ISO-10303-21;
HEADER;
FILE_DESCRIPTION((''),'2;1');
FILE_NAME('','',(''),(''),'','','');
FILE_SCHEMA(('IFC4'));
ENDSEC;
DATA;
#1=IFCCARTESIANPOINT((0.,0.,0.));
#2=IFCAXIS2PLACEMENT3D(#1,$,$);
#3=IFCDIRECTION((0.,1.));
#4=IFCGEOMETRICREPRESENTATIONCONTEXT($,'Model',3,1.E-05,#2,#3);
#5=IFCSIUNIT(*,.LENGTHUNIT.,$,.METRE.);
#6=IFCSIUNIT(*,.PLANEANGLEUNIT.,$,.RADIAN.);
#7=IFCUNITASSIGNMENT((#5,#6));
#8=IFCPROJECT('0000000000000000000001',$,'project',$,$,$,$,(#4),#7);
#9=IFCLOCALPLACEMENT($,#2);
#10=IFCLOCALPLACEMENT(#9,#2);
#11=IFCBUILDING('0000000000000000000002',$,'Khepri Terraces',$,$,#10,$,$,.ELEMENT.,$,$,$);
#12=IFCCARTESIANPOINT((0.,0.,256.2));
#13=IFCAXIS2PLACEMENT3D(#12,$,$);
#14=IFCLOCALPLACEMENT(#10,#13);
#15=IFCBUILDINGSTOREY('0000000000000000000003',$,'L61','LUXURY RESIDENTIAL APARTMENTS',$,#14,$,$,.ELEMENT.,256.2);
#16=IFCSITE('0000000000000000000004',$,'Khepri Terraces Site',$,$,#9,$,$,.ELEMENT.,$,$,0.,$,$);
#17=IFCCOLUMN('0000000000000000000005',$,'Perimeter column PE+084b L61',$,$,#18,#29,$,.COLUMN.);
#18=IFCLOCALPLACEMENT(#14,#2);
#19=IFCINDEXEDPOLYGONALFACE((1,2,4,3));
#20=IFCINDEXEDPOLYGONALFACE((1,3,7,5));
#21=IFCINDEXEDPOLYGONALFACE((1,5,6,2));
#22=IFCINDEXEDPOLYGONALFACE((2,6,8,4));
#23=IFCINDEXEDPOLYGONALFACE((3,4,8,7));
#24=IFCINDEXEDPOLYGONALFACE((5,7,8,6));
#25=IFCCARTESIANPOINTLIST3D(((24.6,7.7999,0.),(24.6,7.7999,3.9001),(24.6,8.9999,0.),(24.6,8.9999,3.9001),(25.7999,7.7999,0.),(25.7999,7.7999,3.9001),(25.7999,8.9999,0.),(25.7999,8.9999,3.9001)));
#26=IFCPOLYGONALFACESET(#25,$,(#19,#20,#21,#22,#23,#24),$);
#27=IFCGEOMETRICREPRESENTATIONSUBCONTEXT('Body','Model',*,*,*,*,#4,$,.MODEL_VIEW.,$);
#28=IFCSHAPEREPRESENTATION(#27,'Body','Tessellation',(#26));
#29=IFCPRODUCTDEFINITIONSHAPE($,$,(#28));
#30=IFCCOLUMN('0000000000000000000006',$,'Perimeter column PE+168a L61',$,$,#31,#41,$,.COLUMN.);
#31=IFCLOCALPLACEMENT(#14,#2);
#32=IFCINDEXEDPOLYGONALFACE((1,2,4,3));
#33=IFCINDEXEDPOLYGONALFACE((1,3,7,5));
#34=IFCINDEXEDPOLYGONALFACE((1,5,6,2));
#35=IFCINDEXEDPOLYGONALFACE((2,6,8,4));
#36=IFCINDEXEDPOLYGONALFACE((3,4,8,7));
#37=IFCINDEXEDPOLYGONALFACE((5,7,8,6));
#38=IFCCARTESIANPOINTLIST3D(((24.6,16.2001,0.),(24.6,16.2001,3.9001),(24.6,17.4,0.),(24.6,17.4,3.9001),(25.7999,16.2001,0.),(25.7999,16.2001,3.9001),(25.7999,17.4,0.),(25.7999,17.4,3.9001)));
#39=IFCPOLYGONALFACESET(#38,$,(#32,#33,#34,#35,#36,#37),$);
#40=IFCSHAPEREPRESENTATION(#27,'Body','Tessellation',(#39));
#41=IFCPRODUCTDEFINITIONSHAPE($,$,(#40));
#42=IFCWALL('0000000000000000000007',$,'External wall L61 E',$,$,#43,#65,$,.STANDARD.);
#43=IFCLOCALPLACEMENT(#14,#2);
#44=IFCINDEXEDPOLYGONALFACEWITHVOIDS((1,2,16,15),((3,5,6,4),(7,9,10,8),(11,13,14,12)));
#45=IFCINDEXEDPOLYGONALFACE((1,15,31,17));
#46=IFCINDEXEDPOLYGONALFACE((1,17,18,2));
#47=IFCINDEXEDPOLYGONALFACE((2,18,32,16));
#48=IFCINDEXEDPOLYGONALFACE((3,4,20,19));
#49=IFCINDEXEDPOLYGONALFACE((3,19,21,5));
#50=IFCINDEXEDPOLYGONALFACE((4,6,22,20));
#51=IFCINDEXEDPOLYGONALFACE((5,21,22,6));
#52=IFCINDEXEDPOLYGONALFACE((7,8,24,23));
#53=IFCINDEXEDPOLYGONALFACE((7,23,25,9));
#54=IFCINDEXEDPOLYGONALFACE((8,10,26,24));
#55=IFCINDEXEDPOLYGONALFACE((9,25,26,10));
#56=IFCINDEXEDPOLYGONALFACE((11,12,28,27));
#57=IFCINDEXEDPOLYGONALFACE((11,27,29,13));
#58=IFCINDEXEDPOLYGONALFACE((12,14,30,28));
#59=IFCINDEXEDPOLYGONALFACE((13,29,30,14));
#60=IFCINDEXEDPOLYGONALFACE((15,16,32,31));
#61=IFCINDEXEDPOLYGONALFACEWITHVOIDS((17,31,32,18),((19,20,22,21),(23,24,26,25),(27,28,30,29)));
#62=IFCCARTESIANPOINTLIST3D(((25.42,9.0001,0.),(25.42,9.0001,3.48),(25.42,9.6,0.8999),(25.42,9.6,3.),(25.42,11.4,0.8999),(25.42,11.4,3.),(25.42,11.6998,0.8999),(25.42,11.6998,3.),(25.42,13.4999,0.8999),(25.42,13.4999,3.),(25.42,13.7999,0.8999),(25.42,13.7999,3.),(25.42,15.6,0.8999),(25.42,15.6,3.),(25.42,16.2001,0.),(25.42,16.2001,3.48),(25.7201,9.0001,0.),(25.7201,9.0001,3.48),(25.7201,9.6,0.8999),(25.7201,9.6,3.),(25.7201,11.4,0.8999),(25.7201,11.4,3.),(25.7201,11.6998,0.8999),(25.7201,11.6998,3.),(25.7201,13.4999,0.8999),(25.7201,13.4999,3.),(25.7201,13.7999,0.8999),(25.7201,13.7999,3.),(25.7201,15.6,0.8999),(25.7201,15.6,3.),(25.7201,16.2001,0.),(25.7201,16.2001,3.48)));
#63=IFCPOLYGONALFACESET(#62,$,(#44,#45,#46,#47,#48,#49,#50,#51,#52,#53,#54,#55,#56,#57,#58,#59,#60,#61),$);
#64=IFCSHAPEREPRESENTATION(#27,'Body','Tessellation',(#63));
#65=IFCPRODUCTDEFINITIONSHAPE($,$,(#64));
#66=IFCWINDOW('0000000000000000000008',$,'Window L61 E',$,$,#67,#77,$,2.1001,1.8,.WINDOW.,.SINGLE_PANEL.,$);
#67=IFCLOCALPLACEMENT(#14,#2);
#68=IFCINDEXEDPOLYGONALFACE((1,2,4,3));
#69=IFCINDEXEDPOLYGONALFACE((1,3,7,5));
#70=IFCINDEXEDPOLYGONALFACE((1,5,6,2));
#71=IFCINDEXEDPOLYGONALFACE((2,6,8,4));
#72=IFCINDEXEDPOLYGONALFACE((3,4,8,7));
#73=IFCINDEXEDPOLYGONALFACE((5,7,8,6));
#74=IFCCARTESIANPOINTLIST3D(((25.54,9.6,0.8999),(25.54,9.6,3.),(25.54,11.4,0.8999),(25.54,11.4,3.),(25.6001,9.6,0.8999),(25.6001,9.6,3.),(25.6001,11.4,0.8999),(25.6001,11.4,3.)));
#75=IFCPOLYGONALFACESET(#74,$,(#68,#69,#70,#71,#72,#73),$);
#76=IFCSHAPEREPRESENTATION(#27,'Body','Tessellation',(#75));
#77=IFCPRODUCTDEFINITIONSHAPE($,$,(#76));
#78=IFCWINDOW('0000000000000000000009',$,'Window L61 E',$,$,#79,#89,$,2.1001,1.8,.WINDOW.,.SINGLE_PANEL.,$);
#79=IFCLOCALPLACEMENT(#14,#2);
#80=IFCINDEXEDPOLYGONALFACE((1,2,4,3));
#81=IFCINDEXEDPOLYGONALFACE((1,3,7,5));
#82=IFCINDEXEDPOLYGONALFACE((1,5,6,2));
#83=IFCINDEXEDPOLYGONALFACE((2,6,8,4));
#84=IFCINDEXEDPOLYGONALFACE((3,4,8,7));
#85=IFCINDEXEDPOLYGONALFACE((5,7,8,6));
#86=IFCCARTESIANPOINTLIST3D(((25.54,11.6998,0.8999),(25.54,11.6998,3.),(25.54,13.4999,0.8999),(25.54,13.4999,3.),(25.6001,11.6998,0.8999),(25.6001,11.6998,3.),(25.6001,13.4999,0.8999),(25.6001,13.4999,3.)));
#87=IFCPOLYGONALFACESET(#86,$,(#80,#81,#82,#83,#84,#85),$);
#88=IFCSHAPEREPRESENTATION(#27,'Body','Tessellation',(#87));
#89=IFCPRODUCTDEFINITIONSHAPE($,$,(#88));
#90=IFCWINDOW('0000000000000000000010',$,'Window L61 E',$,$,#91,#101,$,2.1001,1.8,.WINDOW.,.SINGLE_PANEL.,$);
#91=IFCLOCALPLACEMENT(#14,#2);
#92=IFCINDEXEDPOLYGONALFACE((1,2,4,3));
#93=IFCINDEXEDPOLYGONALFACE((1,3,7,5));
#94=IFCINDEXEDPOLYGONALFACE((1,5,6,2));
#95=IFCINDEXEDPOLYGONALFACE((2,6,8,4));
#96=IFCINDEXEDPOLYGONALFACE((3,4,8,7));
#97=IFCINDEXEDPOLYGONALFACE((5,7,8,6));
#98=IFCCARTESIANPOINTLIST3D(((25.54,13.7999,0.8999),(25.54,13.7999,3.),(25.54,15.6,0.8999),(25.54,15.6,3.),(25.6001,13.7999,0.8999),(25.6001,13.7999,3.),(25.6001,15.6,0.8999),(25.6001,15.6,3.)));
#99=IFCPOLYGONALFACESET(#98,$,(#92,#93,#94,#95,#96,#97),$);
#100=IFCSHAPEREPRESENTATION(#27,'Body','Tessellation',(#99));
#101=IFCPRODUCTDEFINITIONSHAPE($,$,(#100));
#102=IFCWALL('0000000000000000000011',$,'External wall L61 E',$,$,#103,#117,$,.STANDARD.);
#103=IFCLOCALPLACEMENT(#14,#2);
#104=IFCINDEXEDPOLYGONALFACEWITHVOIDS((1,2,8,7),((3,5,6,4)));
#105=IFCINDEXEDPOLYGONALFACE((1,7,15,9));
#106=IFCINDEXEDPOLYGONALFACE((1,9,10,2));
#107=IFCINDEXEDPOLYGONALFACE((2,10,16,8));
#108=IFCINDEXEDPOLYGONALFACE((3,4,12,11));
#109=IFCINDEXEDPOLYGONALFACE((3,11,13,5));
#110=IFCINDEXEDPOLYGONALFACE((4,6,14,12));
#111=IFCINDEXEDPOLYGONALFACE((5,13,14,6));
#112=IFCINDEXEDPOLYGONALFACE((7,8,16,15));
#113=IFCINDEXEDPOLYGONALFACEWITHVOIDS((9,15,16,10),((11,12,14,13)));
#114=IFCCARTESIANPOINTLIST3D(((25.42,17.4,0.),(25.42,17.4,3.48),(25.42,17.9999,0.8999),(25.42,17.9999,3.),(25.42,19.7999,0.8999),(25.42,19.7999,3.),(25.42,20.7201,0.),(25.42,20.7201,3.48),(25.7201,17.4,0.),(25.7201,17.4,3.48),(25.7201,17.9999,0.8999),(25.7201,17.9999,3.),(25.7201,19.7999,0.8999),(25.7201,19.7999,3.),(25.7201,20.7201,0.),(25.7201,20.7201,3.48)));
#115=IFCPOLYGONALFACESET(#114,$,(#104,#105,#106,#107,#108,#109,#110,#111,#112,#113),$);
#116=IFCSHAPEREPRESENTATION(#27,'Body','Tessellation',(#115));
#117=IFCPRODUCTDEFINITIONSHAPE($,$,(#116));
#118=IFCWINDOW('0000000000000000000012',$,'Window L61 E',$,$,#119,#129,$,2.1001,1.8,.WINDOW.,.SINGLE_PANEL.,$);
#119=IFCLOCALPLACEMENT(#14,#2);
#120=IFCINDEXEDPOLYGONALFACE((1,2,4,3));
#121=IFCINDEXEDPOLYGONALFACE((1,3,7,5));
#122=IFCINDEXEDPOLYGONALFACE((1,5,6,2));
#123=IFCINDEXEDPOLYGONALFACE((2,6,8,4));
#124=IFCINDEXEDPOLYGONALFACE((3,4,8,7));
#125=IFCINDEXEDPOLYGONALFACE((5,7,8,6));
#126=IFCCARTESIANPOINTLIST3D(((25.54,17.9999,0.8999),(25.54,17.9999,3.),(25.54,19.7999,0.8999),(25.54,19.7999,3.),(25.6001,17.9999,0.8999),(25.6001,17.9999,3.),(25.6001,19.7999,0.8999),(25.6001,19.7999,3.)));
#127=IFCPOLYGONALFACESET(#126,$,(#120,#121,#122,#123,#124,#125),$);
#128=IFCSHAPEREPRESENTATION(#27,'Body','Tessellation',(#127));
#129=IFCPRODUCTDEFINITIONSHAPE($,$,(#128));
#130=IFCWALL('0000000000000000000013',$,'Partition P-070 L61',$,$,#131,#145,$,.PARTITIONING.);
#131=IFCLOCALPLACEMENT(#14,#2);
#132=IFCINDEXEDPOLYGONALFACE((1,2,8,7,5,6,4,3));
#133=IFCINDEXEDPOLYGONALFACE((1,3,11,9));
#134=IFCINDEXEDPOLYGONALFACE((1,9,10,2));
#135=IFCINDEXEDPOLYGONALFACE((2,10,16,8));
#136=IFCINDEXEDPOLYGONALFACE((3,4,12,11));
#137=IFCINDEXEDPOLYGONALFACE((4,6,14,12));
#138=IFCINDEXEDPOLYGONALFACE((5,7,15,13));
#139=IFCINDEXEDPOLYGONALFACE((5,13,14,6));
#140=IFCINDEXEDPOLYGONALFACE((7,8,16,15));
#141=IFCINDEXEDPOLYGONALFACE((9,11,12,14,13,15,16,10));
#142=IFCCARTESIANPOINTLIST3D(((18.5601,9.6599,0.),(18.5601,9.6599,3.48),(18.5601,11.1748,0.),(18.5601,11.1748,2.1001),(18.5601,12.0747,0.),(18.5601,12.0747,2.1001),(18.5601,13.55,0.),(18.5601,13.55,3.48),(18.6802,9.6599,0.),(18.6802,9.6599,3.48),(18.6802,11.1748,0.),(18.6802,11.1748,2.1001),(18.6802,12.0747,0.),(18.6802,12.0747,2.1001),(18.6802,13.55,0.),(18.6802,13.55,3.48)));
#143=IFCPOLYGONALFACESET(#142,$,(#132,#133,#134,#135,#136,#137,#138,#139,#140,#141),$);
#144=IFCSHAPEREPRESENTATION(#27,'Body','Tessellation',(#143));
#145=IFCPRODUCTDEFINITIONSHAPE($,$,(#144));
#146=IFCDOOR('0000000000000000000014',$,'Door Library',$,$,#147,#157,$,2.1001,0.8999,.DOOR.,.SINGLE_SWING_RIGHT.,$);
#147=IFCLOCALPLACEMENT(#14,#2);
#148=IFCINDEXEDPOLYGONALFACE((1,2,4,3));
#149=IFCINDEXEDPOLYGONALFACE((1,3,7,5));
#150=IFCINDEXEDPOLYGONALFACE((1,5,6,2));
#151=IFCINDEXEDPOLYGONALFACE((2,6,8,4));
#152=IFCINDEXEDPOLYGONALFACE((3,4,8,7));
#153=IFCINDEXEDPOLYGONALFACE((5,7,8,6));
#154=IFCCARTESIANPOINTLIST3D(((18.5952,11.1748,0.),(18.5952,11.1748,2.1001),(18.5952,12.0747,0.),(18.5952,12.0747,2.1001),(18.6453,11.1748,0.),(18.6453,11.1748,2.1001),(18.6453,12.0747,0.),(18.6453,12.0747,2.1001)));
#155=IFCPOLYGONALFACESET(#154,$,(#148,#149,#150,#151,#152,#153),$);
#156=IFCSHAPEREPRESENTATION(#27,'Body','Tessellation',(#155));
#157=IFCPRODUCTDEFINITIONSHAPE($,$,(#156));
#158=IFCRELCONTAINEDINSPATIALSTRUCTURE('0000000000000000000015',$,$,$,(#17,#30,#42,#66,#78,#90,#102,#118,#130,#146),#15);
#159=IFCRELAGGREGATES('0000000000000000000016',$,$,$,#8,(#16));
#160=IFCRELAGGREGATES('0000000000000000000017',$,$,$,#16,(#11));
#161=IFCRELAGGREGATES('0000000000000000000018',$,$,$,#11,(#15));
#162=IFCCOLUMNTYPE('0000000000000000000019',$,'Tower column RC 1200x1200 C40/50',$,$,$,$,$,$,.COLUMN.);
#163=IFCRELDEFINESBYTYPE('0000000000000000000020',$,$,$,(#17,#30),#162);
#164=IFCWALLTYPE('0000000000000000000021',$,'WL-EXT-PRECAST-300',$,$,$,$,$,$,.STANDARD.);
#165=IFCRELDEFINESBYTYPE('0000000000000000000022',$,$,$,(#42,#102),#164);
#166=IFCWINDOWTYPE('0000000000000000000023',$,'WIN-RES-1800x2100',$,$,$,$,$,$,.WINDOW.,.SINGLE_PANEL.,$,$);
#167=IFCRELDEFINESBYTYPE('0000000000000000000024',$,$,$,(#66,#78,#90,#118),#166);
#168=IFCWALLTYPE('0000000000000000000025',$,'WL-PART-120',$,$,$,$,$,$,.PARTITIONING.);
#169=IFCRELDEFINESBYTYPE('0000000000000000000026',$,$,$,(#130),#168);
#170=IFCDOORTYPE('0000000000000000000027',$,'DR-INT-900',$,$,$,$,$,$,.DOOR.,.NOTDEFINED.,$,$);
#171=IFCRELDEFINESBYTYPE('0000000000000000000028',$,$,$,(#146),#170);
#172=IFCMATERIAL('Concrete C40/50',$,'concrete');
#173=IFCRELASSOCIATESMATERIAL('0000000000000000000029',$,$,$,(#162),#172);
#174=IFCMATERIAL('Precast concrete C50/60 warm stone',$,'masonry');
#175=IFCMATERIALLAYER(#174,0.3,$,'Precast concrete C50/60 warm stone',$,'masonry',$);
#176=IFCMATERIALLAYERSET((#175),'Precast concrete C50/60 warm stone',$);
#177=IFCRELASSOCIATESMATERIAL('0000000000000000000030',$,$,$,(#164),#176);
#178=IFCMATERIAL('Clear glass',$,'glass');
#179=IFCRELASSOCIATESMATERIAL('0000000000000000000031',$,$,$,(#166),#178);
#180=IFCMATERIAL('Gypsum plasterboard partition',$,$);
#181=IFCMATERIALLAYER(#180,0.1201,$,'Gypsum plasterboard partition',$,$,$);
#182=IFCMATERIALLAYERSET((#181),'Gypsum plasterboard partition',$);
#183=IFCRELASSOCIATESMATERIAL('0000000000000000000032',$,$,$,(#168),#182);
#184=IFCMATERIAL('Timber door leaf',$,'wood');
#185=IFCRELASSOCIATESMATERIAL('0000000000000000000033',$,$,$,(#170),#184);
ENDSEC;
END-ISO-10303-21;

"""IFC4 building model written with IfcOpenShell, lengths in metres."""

from ifc_helpers import new_model, si_unit, direction, frame, frame_2d, origin, origin_2d, place, context, subcontext, project, spatial, rectangle, extrude, material, layer, layer_set, material_profile, profile_set, type_object, element, fill, save


model = new_model("IFC4")

# Units and contexts
model_context = context("Model", 3, precision=1e-05, world=origin(), true_north=direction((0.0, 1.0)))
body_context = subcontext(model_context, "Body", "Model", "MODEL_VIEW")
ifc_project = project(units=[si_unit("LENGTHUNIT", "METRE"), si_unit("PLANEANGLEUNIT", "RADIAN")], contexts=[model_context])

# Site, building, storey
site_placement = place(None, origin())
site = spatial("IfcSite", under=ifc_project, at=site_placement, Name="Khepri Terraces Site", CompositionType="ELEMENT", RefElevation=0.0)
building_placement = place(site_placement, origin())
building = spatial("IfcBuilding", under=site, at=building_placement, Name="Khepri Terraces", CompositionType="ELEMENT")
storey_placement = place(building_placement, frame((0.0, 0.0, 256.2)))
storey = spatial("IfcBuildingStorey", under=building, at=storey_placement, Name="L61", Description="LUXURY RESIDENTIAL APARTMENTS", CompositionType="ELEMENT", Elevation=256.2)

# Columns
ifc_material_1 = material(Name="Concrete C40/50", Category="concrete")
ifc_material_profile = material_profile(ifc_material_1, rectangle(XDim=1.2, YDim=1.2, at=origin_2d()), Name="Concrete C40/50", Category="concrete")
ifc_profile_set = profile_set([ifc_material_profile], Name="Concrete C40/50")
column_type = type_object("IfcColumnType", Name="Tower column RC 1200x1200 C40/50", PredefinedType="COLUMN", material=ifc_profile_set)
for number, where, z_axis, x_axis, name in (
    (1, (25.2, 8.3999, 0.0), (0.0, 0.0, 1.0), (1.0, 0.0, 0.0), "Perimeter column PE+084b L61"),
    (2, (25.2, 16.8, 0.0), (0.0, 0.0, 1.0), (1.0, 0.0, 0.0), "Perimeter column PE+168a L61"),
):
    element("IfcColumn", number, at=place(storey_placement, frame(where, z_axis=z_axis, x_axis=x_axis)), inside=storey, type_object=column_type, Name=name, PredefinedType="COLUMN", context=body_context, shape_type="SweptSolid", body=[
        extrude(rectangle(XDim=1.2, YDim=1.2, at=origin_2d()), origin(), (0.0, 0.0, 1.0), 3.9001),
    ])

# Wall, openings, windows
ifc_material_2 = material(Name="Precast concrete C50/60 warm stone", Category="masonry")
ifc_layer_1 = layer(ifc_material_2, 0.3, Name="Precast concrete C50/60 warm stone", Category="masonry")
ifc_layer_set_1 = layer_set([ifc_layer_1], Name="Precast concrete C50/60 warm stone")
wall_type_1 = type_object("IfcWallType", Name="WL-EXT-PRECAST-300", PredefinedType="STANDARD", material=ifc_layer_set_1)
wall_1_placement = place(storey_placement, frame((25.5701, 9.0, 0.0), z_axis=(0.0, 0.0, 1.0), x_axis=(0.0, 1.0, 0.0)))
wall_1 = element("IfcWall", 3, at=wall_1_placement, inside=storey, type_object=wall_type_1, Name="External wall L61 E", PredefinedType="STANDARD", context=body_context, shape_type="SweptSolid", body=[
    extrude(rectangle(XDim=7.2, YDim=0.3, at=frame_2d((3.6001, 0.0))), origin(), (0.0, 0.0, 1.0), 3.48),
])
opening_1_placement = place(wall_1_placement, frame((0.6001, 0.0, 0.8999)))
opening_1 = element("IfcOpeningElement", 4, at=opening_1_placement, cuts=wall_1, PredefinedType="OPENING", context=body_context, shape_type="SweptSolid", body=[
    extrude(rectangle(XDim=1.8, YDim=2.1001, at=frame_2d((0.8999, 1.05))), frame((0.0, 0.1602, 0.0), z_axis=(0.0, -1.0, 0.0), x_axis=(1.0, 0.0, 0.0)), (0.0, 0.0, 1.0), 0.3201),
])
opening_2_placement = place(wall_1_placement, frame((2.7, 0.0, 0.8999)))
opening_2 = element("IfcOpeningElement", 5, at=opening_2_placement, cuts=wall_1, PredefinedType="OPENING", context=body_context, shape_type="SweptSolid", body=[
    extrude(rectangle(XDim=1.8, YDim=2.1001, at=frame_2d((0.8999, 1.05))), frame((0.0, 0.1602, 0.0), z_axis=(0.0, -1.0, 0.0), x_axis=(1.0, 0.0, 0.0)), (0.0, 0.0, 1.0), 0.3201),
])
opening_3_placement = place(wall_1_placement, frame((4.8, 0.0, 0.8999)))
opening_3 = element("IfcOpeningElement", 6, at=opening_3_placement, cuts=wall_1, PredefinedType="OPENING", context=body_context, shape_type="SweptSolid", body=[
    extrude(rectangle(XDim=1.8, YDim=2.1001, at=frame_2d((0.8999, 1.05))), frame((0.0, 0.1602, 0.0), z_axis=(0.0, -1.0, 0.0), x_axis=(1.0, 0.0, 0.0)), (0.0, 0.0, 1.0), 0.3201),
])
ifc_material_3 = material(Name="Clear glass", Category="glass")
window_type = type_object("IfcWindowType", Name="WIN-RES-1800x2100", PartitioningType="SINGLE_PANEL", PredefinedType="WINDOW", material=ifc_material_3)
window_1_placement = place(opening_1_placement, origin())
window_1 = element("IfcWindow", 7, at=window_1_placement, inside=storey, type_object=window_type, Name="Window L61 E", OverallHeight=2.1001, OverallWidth=1.8, PartitioningType="SINGLE_PANEL", PredefinedType="WINDOW", context=body_context, shape_type="SweptSolid", body=[
    extrude(rectangle(XDim=1.8, YDim=2.1001, at=frame_2d((0.8999, 1.05))), frame((0.0, 0.03, 0.0), z_axis=(0.0, -1.0, 0.0), x_axis=(1.0, 0.0, 0.0)), (0.0, 0.0, 1.0), 0.0601),
])
fill(opening_1, window_1)
window_2_placement = place(opening_2_placement, origin())
window_2 = element("IfcWindow", 8, at=window_2_placement, inside=storey, type_object=window_type, Name="Window L61 E", OverallHeight=2.1001, OverallWidth=1.8, PartitioningType="SINGLE_PANEL", PredefinedType="WINDOW", context=body_context, shape_type="SweptSolid", body=[
    extrude(rectangle(XDim=1.8, YDim=2.1001, at=frame_2d((0.8999, 1.05))), frame((0.0, 0.03, 0.0), z_axis=(0.0, -1.0, 0.0), x_axis=(1.0, 0.0, 0.0)), (0.0, 0.0, 1.0), 0.0601),
])
fill(opening_2, window_2)
window_3_placement = place(opening_3_placement, origin())
window_3 = element("IfcWindow", 9, at=window_3_placement, inside=storey, type_object=window_type, Name="Window L61 E", OverallHeight=2.1001, OverallWidth=1.8, PartitioningType="SINGLE_PANEL", PredefinedType="WINDOW", context=body_context, shape_type="SweptSolid", body=[
    extrude(rectangle(XDim=1.8, YDim=2.1001, at=frame_2d((0.8999, 1.05))), frame((0.0, 0.03, 0.0), z_axis=(0.0, -1.0, 0.0), x_axis=(1.0, 0.0, 0.0)), (0.0, 0.0, 1.0), 0.0601),
])
fill(opening_3, window_3)

# Wall, opening, window
wall_2_placement = place(storey_placement, frame((25.5701, 17.3999, 0.0), z_axis=(0.0, 0.0, 1.0), x_axis=(0.0, 1.0, 0.0)))
wall_2 = element("IfcWall", 10, at=wall_2_placement, inside=storey, type_object=wall_type_1, Name="External wall L61 E", PredefinedType="STANDARD", context=body_context, shape_type="SweptSolid", body=[
    extrude(rectangle(XDim=3.3201, YDim=0.3, at=frame_2d((1.6602, 0.0))), origin(), (0.0, 0.0, 1.0), 3.48),
])
opening_4_placement = place(wall_2_placement, frame((0.6001, 0.0, 0.8999)))
opening_4 = element("IfcOpeningElement", 11, at=opening_4_placement, cuts=wall_2, PredefinedType="OPENING", context=body_context, shape_type="SweptSolid", body=[
    extrude(rectangle(XDim=1.8, YDim=2.1001, at=frame_2d((0.8999, 1.05))), frame((0.0, 0.1602, 0.0), z_axis=(0.0, -1.0, 0.0), x_axis=(1.0, 0.0, 0.0)), (0.0, 0.0, 1.0), 0.3201),
])
window_4_placement = place(opening_4_placement, origin())
window_4 = element("IfcWindow", 12, at=window_4_placement, inside=storey, type_object=window_type, Name="Window L61 E", OverallHeight=2.1001, OverallWidth=1.8, PartitioningType="SINGLE_PANEL", PredefinedType="WINDOW", context=body_context, shape_type="SweptSolid", body=[
    extrude(rectangle(XDim=1.8, YDim=2.1001, at=frame_2d((0.8999, 1.05))), frame((0.0, 0.03, 0.0), z_axis=(0.0, -1.0, 0.0), x_axis=(1.0, 0.0, 0.0)), (0.0, 0.0, 1.0), 0.0601),
])
fill(opening_4, window_4)

# Wall, opening, door
ifc_material_4 = material(Name="Gypsum plasterboard partition")
ifc_layer_2 = layer(ifc_material_4, 0.1201, Name="Gypsum plasterboard partition")
ifc_layer_set_2 = layer_set([ifc_layer_2], Name="Gypsum plasterboard partition")
wall_type_2 = type_object("IfcWallType", Name="WL-PART-120", PredefinedType="PARTITIONING", material=ifc_layer_set_2)
wall_3_placement = place(storey_placement, frame((18.6201, 9.6599, 0.0), z_axis=(0.0, 0.0, 1.0), x_axis=(0.0, 1.0, 0.0)))
wall_3 = element("IfcWall", 13, at=wall_3_placement, inside=storey, type_object=wall_type_2, Name="Partition P-070 L61", PredefinedType="PARTITIONING", context=body_context, shape_type="SweptSolid", body=[
    extrude(rectangle(XDim=3.8901, YDim=0.1201, at=frame_2d((1.9451, 0.0))), origin(), (0.0, 0.0, 1.0), 3.48),
])
opening_5_placement = place(wall_3_placement, frame((1.5149, 0.0, 0.0)))
opening_5 = element("IfcOpeningElement", 14, at=opening_5_placement, cuts=wall_3, PredefinedType="OPENING", context=body_context, shape_type="SweptSolid", body=[
    extrude(rectangle(XDim=0.8999, YDim=2.1001, at=frame_2d((0.45, 1.05))), frame((0.0, 0.0701, 0.0), z_axis=(0.0, -1.0, 0.0), x_axis=(1.0, 0.0, 0.0)), (0.0, 0.0, 1.0), 0.1401),
])
ifc_material_5 = material(Name="Timber door leaf", Category="wood")
door_type_1 = type_object("IfcDoorType", Name="DR-INT-900", OperationType="NOTDEFINED", PredefinedType="DOOR", material=ifc_material_5)
door_1_placement = place(opening_5_placement, origin())
door_1 = element("IfcDoor", 15, at=door_1_placement, inside=storey, type_object=door_type_1, Name="Door Library", OperationType="SINGLE_SWING_RIGHT", OverallHeight=2.1001, OverallWidth=0.8999, PredefinedType="DOOR", context=body_context, shape_type="SweptSolid", body=[
    extrude(rectangle(XDim=0.8999, YDim=2.1001, at=frame_2d((0.45, 1.05))), frame((0.0, 0.0249, 0.0), z_axis=(0.0, -1.0, 0.0), x_axis=(1.0, 0.0, 0.0)), (0.0, 0.0, 1.0), 0.05),
])
fill(opening_5, door_1)

save(model, "model.ifc")
